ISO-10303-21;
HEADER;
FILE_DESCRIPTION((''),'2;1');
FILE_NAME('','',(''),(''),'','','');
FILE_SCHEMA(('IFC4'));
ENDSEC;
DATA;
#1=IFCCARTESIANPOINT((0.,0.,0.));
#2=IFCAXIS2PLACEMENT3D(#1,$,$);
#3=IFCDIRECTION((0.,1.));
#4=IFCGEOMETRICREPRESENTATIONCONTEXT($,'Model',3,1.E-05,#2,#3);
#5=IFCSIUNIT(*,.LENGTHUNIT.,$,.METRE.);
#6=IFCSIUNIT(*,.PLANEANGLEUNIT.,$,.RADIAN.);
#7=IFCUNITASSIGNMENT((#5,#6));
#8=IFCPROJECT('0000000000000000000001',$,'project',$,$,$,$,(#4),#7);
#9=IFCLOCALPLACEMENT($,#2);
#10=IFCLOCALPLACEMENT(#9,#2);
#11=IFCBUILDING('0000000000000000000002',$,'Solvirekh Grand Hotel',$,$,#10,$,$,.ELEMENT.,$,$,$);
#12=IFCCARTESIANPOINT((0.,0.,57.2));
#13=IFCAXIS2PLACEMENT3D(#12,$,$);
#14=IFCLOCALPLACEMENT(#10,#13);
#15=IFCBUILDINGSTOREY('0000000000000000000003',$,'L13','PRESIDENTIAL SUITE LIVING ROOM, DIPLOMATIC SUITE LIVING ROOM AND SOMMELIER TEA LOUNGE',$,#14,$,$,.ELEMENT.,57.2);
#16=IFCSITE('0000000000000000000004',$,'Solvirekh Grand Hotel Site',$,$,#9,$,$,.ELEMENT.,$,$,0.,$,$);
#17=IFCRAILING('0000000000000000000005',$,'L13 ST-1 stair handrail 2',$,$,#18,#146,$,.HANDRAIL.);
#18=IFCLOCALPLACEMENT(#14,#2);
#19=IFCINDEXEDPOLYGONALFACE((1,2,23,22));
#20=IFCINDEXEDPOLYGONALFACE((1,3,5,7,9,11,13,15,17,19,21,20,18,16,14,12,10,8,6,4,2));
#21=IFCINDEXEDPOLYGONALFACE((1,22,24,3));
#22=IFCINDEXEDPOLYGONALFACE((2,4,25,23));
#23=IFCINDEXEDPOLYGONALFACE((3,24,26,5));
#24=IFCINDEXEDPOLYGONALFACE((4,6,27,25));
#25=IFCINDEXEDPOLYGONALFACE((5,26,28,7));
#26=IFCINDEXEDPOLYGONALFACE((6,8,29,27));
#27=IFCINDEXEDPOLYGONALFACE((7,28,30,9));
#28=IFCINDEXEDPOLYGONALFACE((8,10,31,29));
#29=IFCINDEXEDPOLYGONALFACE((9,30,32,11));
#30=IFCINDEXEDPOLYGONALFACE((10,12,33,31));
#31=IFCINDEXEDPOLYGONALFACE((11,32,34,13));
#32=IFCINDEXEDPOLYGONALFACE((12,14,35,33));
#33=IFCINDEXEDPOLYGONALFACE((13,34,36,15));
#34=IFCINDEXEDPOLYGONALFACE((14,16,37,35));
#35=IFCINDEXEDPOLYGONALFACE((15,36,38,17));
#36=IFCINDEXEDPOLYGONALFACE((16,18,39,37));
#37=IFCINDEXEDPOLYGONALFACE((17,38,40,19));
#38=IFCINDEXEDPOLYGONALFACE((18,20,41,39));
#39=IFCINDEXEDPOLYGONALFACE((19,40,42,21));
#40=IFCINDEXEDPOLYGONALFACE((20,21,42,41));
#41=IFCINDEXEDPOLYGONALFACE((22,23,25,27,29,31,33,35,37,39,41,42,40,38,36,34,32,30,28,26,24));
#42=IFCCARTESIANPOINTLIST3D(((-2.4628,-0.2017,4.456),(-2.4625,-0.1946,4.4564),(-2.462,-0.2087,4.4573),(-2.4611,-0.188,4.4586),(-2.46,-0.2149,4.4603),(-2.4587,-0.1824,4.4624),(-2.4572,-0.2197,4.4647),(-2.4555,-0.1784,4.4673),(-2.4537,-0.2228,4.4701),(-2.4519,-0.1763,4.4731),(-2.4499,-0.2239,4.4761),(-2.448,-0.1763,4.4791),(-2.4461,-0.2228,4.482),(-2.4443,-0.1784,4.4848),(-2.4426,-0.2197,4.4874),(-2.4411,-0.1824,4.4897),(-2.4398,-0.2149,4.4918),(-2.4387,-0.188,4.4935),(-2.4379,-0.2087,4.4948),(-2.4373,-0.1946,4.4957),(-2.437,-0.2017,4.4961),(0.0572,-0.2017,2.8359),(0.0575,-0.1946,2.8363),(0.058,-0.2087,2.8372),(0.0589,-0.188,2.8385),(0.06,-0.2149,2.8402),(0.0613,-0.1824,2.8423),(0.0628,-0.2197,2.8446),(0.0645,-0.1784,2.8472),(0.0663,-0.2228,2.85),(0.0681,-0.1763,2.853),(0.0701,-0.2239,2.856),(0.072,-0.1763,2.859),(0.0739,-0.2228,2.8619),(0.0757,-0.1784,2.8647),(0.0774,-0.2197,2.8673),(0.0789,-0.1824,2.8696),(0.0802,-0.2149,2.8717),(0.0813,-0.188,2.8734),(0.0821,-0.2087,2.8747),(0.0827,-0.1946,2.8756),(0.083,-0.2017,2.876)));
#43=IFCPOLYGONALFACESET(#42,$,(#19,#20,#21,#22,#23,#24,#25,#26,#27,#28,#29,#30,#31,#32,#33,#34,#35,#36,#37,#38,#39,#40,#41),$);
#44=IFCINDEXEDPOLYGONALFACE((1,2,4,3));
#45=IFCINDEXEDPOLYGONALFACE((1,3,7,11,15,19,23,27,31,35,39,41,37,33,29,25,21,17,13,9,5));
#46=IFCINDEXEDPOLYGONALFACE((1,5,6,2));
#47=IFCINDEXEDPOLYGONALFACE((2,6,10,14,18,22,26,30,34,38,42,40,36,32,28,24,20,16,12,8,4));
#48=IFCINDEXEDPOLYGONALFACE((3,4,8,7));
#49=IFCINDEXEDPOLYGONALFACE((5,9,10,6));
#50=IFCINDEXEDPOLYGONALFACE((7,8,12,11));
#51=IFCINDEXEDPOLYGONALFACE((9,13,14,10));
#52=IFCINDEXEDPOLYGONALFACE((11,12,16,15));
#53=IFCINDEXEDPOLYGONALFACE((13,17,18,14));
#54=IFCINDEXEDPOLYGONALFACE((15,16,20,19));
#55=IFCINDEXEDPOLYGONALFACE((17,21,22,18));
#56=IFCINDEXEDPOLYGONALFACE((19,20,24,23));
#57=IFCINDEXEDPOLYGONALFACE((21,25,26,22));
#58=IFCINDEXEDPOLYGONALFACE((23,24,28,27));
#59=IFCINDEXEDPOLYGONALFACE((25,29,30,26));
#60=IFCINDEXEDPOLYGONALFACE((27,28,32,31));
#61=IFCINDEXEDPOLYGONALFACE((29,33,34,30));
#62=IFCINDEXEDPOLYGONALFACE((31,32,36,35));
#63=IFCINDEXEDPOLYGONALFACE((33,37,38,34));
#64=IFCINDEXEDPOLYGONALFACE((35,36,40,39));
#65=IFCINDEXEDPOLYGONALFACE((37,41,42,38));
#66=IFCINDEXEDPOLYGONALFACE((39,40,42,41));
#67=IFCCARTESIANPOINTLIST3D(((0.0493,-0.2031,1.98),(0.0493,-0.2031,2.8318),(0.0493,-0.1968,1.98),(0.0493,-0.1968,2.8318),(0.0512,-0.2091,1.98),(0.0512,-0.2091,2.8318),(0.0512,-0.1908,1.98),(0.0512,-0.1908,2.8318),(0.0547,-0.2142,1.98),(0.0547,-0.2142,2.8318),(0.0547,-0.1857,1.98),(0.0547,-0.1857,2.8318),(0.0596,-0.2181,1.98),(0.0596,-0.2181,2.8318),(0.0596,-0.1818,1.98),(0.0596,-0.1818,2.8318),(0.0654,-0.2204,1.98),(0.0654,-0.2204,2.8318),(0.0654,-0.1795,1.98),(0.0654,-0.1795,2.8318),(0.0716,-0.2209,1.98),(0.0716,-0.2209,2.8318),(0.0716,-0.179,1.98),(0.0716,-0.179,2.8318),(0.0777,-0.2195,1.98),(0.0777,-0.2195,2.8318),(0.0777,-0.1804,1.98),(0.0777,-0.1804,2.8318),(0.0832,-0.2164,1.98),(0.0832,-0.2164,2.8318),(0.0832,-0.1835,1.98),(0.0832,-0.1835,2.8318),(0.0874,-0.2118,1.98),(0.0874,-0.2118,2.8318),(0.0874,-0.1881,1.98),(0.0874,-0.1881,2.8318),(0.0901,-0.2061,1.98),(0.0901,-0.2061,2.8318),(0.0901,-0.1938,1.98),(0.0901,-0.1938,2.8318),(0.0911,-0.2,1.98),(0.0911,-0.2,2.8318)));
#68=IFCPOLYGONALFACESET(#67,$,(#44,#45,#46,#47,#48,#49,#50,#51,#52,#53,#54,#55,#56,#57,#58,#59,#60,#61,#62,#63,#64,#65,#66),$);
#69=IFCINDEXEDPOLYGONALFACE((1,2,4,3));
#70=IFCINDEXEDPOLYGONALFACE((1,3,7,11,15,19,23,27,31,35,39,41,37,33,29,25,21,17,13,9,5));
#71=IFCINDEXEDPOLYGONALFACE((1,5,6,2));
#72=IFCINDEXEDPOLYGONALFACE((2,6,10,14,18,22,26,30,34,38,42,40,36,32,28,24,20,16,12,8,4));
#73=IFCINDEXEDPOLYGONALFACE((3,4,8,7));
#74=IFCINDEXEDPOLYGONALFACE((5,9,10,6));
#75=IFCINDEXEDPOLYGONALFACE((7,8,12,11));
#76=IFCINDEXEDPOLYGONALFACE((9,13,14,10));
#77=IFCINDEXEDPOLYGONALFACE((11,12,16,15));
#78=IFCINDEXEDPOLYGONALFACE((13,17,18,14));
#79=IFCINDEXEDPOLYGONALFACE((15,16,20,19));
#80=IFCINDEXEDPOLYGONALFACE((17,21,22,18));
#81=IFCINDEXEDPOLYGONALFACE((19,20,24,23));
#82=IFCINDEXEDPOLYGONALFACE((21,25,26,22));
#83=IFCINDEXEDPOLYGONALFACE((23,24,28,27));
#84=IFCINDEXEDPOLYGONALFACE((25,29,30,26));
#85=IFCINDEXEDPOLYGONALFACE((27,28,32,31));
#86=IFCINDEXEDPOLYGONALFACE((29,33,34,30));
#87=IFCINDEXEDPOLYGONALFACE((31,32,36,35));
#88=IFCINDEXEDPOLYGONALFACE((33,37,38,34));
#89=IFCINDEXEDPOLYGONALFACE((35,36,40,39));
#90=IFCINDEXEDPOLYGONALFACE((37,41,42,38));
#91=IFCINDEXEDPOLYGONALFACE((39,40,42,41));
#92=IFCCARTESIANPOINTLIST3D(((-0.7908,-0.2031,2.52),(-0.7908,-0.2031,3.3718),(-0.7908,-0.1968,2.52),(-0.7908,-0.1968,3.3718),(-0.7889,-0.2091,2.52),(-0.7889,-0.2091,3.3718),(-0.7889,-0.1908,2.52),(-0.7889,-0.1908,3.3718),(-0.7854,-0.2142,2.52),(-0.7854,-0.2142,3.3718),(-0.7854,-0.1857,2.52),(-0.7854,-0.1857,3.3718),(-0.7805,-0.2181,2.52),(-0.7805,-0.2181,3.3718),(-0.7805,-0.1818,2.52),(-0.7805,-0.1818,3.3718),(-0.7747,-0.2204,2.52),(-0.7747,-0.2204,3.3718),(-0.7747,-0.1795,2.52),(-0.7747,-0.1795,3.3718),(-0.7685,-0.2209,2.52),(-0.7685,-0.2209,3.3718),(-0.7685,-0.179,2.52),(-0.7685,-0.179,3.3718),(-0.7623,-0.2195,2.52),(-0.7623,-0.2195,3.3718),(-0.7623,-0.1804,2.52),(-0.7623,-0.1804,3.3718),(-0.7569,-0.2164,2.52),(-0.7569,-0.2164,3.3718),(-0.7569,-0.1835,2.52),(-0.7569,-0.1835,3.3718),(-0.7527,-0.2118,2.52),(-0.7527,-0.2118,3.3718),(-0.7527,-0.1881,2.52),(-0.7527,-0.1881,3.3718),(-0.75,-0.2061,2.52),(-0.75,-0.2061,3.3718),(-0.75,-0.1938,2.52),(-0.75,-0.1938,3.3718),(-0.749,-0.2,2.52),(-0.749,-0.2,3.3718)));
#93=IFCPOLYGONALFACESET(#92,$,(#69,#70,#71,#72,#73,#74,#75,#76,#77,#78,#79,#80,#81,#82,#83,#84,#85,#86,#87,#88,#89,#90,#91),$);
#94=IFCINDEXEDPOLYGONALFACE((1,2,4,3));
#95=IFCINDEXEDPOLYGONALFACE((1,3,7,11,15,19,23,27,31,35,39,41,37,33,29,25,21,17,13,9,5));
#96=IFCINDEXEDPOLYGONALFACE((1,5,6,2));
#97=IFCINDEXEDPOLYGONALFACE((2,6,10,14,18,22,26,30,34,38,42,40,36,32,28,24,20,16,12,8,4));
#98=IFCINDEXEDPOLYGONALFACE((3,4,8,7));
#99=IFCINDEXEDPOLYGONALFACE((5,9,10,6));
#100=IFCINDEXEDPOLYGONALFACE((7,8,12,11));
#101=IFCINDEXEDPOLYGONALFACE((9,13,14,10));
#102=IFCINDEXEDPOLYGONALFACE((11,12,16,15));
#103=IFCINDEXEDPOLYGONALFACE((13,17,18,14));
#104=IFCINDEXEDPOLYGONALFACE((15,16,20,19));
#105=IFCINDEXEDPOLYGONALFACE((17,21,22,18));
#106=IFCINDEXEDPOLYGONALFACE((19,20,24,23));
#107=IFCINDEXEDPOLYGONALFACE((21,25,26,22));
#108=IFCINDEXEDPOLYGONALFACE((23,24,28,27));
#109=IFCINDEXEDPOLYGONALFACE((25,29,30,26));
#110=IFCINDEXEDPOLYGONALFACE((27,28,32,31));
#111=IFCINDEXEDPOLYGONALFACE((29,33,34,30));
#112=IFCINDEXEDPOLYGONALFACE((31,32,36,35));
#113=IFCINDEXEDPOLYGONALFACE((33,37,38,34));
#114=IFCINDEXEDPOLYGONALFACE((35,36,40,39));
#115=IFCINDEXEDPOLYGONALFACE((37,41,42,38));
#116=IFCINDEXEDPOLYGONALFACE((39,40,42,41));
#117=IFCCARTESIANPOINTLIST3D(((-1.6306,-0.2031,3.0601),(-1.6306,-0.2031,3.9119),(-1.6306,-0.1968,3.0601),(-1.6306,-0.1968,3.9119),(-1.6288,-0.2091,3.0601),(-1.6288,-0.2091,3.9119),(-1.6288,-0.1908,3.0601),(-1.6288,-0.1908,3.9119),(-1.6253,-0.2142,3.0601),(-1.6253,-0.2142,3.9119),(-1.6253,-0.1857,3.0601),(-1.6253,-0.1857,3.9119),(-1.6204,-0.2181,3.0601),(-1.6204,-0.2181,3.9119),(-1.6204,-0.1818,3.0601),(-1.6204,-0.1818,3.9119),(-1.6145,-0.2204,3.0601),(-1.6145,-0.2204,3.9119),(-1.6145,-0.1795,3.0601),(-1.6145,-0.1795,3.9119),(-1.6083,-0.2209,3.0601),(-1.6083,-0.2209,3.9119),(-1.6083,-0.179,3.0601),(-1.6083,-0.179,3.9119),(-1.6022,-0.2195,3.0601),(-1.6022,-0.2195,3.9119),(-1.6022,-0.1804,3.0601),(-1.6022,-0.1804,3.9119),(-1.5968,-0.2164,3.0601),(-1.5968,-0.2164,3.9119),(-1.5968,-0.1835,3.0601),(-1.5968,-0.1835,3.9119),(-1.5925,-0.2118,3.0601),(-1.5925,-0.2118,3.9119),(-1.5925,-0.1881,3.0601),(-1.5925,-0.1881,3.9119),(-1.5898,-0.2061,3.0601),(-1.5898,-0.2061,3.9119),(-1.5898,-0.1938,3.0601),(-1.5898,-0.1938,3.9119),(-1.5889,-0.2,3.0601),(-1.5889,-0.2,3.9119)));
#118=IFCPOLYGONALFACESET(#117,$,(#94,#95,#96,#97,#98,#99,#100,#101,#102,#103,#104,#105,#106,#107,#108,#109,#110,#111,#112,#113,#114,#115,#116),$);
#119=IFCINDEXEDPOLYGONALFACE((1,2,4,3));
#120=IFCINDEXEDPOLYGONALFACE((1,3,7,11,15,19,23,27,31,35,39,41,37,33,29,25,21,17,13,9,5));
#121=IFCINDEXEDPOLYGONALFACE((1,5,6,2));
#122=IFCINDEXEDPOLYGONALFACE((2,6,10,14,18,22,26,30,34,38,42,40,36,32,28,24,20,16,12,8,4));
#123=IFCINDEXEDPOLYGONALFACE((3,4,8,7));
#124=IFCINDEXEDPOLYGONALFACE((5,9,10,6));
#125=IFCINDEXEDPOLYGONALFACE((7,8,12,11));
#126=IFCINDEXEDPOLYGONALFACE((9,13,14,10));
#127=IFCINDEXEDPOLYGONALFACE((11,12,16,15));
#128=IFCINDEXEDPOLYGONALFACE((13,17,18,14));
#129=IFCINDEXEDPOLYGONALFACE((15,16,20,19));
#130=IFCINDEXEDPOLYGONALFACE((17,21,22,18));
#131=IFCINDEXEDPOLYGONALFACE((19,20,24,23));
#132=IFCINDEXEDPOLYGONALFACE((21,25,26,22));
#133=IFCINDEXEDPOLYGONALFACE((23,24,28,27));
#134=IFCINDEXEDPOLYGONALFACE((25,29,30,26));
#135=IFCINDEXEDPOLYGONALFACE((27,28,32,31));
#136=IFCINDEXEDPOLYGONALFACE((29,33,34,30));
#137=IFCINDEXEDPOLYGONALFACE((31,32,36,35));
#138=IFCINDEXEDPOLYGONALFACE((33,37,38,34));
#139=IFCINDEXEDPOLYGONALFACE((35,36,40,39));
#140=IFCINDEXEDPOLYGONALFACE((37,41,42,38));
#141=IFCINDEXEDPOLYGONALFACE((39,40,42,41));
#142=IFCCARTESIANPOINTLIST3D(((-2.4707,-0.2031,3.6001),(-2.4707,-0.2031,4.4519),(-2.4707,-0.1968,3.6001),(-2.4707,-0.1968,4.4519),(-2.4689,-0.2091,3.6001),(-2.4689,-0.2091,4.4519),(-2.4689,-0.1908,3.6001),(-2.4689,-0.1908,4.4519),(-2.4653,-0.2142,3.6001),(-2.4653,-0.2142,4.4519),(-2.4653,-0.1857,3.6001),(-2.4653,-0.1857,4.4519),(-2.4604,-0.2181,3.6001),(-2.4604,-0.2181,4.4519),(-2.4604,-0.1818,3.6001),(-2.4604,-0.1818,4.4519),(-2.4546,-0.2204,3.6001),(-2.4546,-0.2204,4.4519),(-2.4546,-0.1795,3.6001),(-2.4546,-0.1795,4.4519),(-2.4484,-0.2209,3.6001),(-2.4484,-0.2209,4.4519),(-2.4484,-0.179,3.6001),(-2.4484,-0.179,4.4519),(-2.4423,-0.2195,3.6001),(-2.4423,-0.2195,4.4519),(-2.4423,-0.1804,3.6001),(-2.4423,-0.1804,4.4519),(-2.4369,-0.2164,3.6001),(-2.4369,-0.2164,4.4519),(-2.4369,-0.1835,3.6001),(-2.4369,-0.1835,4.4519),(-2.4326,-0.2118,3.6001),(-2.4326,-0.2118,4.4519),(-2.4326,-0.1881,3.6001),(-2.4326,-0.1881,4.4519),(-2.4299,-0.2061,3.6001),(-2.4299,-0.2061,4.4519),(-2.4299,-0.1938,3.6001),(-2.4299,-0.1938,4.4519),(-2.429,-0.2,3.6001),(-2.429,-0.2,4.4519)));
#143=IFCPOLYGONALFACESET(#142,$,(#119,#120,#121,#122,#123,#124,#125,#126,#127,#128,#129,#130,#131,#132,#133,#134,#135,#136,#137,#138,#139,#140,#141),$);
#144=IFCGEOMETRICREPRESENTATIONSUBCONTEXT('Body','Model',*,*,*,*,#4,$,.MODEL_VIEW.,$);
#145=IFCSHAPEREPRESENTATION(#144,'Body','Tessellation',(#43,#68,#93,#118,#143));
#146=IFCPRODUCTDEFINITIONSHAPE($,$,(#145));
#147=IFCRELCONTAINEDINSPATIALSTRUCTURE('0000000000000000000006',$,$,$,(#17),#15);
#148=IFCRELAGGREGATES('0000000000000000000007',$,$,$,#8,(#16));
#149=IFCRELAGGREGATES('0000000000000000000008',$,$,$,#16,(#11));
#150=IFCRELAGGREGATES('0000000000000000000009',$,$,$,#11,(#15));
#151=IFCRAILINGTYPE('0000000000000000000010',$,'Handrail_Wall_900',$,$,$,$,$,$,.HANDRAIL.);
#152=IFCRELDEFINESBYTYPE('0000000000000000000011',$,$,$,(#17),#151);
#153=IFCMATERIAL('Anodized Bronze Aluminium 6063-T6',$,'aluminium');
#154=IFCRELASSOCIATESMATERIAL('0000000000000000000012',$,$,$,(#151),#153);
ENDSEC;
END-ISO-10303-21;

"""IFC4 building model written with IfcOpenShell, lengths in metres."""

from ifc_helpers import new_model, si_unit, direction, frame, origin, origin_2d, place, context, subcontext, project, spatial, circle, extrude, material, type_object, element, save


model = new_model("IFC4")

# Units and contexts
model_context = context("Model", 3, precision=1e-05, world=origin(), true_north=direction((0.0, 1.0)))
body_context = subcontext(model_context, "Body", "Model", "MODEL_VIEW")
ifc_project = project(units=[si_unit("LENGTHUNIT", "METRE"), si_unit("PLANEANGLEUNIT", "RADIAN")], contexts=[model_context])

# Site, building, storey
site_placement = place(None, origin())
site = spatial("IfcSite", under=ifc_project, at=site_placement, Name="Solvirekh Grand Hotel Site", CompositionType="ELEMENT", RefElevation=0.0)
building_placement = place(site_placement, origin())
building = spatial("IfcBuilding", under=site, at=building_placement, Name="Solvirekh Grand Hotel", CompositionType="ELEMENT")
storey_placement = place(building_placement, frame((0.0, 0.0, 57.2)))
storey = spatial("IfcBuildingStorey", under=building, at=storey_placement, Name="L13", Description="PRESIDENTIAL SUITE LIVING ROOM, DIPLOMATIC SUITE LIVING ROOM AND SOMMELIER TEA LOUNGE", CompositionType="ELEMENT", Elevation=57.2)

# Railing
ifc_material_1 = material(Name="Anodized Bronze Aluminium 6063-T6", Category="aluminium")
railing_type_1 = type_object("IfcRailingType", Name="Handrail_Wall_900", PredefinedType="HANDRAIL", material=ifc_material_1)
railing_1_placement = place(storey_placement, frame((0.0701, -0.2, 1.98)))
element("IfcRailing", 1, at=railing_1_placement, inside=storey, type_object=railing_type_1, Name="L13 ST-1 stair handrail 2", PredefinedType="HANDRAIL", context=body_context, shape_type="SweptSolid", body=[
    extrude(circle(Radius=0.0239, at=origin_2d()), frame((0.0, 0.0, 0.876), z_axis=(-0.841163, 0.0, 0.540782), x_axis=(0.0, -1.0, 0.0)), (0.0, 0.0, 1.0), 2.9958),
    extrude(circle(Radius=0.021, at=origin_2d()), origin(), (0.0, 0.0, 1.0), 0.8518),
    extrude(circle(Radius=0.021, at=origin_2d()), frame((-0.8401, 0.0, 0.54)), (0.0, 0.0, 1.0), 0.8518),
    extrude(circle(Radius=0.021, at=origin_2d()), frame((-1.6799, 0.0, 1.0801)), (0.0, 0.0, 1.0), 0.8518),
    extrude(circle(Radius=0.021, at=origin_2d()), frame((-2.52, 0.0, 1.6201)), (0.0, 0.0, 1.0), 0.8518),
])

save(model, "model.ifc")
